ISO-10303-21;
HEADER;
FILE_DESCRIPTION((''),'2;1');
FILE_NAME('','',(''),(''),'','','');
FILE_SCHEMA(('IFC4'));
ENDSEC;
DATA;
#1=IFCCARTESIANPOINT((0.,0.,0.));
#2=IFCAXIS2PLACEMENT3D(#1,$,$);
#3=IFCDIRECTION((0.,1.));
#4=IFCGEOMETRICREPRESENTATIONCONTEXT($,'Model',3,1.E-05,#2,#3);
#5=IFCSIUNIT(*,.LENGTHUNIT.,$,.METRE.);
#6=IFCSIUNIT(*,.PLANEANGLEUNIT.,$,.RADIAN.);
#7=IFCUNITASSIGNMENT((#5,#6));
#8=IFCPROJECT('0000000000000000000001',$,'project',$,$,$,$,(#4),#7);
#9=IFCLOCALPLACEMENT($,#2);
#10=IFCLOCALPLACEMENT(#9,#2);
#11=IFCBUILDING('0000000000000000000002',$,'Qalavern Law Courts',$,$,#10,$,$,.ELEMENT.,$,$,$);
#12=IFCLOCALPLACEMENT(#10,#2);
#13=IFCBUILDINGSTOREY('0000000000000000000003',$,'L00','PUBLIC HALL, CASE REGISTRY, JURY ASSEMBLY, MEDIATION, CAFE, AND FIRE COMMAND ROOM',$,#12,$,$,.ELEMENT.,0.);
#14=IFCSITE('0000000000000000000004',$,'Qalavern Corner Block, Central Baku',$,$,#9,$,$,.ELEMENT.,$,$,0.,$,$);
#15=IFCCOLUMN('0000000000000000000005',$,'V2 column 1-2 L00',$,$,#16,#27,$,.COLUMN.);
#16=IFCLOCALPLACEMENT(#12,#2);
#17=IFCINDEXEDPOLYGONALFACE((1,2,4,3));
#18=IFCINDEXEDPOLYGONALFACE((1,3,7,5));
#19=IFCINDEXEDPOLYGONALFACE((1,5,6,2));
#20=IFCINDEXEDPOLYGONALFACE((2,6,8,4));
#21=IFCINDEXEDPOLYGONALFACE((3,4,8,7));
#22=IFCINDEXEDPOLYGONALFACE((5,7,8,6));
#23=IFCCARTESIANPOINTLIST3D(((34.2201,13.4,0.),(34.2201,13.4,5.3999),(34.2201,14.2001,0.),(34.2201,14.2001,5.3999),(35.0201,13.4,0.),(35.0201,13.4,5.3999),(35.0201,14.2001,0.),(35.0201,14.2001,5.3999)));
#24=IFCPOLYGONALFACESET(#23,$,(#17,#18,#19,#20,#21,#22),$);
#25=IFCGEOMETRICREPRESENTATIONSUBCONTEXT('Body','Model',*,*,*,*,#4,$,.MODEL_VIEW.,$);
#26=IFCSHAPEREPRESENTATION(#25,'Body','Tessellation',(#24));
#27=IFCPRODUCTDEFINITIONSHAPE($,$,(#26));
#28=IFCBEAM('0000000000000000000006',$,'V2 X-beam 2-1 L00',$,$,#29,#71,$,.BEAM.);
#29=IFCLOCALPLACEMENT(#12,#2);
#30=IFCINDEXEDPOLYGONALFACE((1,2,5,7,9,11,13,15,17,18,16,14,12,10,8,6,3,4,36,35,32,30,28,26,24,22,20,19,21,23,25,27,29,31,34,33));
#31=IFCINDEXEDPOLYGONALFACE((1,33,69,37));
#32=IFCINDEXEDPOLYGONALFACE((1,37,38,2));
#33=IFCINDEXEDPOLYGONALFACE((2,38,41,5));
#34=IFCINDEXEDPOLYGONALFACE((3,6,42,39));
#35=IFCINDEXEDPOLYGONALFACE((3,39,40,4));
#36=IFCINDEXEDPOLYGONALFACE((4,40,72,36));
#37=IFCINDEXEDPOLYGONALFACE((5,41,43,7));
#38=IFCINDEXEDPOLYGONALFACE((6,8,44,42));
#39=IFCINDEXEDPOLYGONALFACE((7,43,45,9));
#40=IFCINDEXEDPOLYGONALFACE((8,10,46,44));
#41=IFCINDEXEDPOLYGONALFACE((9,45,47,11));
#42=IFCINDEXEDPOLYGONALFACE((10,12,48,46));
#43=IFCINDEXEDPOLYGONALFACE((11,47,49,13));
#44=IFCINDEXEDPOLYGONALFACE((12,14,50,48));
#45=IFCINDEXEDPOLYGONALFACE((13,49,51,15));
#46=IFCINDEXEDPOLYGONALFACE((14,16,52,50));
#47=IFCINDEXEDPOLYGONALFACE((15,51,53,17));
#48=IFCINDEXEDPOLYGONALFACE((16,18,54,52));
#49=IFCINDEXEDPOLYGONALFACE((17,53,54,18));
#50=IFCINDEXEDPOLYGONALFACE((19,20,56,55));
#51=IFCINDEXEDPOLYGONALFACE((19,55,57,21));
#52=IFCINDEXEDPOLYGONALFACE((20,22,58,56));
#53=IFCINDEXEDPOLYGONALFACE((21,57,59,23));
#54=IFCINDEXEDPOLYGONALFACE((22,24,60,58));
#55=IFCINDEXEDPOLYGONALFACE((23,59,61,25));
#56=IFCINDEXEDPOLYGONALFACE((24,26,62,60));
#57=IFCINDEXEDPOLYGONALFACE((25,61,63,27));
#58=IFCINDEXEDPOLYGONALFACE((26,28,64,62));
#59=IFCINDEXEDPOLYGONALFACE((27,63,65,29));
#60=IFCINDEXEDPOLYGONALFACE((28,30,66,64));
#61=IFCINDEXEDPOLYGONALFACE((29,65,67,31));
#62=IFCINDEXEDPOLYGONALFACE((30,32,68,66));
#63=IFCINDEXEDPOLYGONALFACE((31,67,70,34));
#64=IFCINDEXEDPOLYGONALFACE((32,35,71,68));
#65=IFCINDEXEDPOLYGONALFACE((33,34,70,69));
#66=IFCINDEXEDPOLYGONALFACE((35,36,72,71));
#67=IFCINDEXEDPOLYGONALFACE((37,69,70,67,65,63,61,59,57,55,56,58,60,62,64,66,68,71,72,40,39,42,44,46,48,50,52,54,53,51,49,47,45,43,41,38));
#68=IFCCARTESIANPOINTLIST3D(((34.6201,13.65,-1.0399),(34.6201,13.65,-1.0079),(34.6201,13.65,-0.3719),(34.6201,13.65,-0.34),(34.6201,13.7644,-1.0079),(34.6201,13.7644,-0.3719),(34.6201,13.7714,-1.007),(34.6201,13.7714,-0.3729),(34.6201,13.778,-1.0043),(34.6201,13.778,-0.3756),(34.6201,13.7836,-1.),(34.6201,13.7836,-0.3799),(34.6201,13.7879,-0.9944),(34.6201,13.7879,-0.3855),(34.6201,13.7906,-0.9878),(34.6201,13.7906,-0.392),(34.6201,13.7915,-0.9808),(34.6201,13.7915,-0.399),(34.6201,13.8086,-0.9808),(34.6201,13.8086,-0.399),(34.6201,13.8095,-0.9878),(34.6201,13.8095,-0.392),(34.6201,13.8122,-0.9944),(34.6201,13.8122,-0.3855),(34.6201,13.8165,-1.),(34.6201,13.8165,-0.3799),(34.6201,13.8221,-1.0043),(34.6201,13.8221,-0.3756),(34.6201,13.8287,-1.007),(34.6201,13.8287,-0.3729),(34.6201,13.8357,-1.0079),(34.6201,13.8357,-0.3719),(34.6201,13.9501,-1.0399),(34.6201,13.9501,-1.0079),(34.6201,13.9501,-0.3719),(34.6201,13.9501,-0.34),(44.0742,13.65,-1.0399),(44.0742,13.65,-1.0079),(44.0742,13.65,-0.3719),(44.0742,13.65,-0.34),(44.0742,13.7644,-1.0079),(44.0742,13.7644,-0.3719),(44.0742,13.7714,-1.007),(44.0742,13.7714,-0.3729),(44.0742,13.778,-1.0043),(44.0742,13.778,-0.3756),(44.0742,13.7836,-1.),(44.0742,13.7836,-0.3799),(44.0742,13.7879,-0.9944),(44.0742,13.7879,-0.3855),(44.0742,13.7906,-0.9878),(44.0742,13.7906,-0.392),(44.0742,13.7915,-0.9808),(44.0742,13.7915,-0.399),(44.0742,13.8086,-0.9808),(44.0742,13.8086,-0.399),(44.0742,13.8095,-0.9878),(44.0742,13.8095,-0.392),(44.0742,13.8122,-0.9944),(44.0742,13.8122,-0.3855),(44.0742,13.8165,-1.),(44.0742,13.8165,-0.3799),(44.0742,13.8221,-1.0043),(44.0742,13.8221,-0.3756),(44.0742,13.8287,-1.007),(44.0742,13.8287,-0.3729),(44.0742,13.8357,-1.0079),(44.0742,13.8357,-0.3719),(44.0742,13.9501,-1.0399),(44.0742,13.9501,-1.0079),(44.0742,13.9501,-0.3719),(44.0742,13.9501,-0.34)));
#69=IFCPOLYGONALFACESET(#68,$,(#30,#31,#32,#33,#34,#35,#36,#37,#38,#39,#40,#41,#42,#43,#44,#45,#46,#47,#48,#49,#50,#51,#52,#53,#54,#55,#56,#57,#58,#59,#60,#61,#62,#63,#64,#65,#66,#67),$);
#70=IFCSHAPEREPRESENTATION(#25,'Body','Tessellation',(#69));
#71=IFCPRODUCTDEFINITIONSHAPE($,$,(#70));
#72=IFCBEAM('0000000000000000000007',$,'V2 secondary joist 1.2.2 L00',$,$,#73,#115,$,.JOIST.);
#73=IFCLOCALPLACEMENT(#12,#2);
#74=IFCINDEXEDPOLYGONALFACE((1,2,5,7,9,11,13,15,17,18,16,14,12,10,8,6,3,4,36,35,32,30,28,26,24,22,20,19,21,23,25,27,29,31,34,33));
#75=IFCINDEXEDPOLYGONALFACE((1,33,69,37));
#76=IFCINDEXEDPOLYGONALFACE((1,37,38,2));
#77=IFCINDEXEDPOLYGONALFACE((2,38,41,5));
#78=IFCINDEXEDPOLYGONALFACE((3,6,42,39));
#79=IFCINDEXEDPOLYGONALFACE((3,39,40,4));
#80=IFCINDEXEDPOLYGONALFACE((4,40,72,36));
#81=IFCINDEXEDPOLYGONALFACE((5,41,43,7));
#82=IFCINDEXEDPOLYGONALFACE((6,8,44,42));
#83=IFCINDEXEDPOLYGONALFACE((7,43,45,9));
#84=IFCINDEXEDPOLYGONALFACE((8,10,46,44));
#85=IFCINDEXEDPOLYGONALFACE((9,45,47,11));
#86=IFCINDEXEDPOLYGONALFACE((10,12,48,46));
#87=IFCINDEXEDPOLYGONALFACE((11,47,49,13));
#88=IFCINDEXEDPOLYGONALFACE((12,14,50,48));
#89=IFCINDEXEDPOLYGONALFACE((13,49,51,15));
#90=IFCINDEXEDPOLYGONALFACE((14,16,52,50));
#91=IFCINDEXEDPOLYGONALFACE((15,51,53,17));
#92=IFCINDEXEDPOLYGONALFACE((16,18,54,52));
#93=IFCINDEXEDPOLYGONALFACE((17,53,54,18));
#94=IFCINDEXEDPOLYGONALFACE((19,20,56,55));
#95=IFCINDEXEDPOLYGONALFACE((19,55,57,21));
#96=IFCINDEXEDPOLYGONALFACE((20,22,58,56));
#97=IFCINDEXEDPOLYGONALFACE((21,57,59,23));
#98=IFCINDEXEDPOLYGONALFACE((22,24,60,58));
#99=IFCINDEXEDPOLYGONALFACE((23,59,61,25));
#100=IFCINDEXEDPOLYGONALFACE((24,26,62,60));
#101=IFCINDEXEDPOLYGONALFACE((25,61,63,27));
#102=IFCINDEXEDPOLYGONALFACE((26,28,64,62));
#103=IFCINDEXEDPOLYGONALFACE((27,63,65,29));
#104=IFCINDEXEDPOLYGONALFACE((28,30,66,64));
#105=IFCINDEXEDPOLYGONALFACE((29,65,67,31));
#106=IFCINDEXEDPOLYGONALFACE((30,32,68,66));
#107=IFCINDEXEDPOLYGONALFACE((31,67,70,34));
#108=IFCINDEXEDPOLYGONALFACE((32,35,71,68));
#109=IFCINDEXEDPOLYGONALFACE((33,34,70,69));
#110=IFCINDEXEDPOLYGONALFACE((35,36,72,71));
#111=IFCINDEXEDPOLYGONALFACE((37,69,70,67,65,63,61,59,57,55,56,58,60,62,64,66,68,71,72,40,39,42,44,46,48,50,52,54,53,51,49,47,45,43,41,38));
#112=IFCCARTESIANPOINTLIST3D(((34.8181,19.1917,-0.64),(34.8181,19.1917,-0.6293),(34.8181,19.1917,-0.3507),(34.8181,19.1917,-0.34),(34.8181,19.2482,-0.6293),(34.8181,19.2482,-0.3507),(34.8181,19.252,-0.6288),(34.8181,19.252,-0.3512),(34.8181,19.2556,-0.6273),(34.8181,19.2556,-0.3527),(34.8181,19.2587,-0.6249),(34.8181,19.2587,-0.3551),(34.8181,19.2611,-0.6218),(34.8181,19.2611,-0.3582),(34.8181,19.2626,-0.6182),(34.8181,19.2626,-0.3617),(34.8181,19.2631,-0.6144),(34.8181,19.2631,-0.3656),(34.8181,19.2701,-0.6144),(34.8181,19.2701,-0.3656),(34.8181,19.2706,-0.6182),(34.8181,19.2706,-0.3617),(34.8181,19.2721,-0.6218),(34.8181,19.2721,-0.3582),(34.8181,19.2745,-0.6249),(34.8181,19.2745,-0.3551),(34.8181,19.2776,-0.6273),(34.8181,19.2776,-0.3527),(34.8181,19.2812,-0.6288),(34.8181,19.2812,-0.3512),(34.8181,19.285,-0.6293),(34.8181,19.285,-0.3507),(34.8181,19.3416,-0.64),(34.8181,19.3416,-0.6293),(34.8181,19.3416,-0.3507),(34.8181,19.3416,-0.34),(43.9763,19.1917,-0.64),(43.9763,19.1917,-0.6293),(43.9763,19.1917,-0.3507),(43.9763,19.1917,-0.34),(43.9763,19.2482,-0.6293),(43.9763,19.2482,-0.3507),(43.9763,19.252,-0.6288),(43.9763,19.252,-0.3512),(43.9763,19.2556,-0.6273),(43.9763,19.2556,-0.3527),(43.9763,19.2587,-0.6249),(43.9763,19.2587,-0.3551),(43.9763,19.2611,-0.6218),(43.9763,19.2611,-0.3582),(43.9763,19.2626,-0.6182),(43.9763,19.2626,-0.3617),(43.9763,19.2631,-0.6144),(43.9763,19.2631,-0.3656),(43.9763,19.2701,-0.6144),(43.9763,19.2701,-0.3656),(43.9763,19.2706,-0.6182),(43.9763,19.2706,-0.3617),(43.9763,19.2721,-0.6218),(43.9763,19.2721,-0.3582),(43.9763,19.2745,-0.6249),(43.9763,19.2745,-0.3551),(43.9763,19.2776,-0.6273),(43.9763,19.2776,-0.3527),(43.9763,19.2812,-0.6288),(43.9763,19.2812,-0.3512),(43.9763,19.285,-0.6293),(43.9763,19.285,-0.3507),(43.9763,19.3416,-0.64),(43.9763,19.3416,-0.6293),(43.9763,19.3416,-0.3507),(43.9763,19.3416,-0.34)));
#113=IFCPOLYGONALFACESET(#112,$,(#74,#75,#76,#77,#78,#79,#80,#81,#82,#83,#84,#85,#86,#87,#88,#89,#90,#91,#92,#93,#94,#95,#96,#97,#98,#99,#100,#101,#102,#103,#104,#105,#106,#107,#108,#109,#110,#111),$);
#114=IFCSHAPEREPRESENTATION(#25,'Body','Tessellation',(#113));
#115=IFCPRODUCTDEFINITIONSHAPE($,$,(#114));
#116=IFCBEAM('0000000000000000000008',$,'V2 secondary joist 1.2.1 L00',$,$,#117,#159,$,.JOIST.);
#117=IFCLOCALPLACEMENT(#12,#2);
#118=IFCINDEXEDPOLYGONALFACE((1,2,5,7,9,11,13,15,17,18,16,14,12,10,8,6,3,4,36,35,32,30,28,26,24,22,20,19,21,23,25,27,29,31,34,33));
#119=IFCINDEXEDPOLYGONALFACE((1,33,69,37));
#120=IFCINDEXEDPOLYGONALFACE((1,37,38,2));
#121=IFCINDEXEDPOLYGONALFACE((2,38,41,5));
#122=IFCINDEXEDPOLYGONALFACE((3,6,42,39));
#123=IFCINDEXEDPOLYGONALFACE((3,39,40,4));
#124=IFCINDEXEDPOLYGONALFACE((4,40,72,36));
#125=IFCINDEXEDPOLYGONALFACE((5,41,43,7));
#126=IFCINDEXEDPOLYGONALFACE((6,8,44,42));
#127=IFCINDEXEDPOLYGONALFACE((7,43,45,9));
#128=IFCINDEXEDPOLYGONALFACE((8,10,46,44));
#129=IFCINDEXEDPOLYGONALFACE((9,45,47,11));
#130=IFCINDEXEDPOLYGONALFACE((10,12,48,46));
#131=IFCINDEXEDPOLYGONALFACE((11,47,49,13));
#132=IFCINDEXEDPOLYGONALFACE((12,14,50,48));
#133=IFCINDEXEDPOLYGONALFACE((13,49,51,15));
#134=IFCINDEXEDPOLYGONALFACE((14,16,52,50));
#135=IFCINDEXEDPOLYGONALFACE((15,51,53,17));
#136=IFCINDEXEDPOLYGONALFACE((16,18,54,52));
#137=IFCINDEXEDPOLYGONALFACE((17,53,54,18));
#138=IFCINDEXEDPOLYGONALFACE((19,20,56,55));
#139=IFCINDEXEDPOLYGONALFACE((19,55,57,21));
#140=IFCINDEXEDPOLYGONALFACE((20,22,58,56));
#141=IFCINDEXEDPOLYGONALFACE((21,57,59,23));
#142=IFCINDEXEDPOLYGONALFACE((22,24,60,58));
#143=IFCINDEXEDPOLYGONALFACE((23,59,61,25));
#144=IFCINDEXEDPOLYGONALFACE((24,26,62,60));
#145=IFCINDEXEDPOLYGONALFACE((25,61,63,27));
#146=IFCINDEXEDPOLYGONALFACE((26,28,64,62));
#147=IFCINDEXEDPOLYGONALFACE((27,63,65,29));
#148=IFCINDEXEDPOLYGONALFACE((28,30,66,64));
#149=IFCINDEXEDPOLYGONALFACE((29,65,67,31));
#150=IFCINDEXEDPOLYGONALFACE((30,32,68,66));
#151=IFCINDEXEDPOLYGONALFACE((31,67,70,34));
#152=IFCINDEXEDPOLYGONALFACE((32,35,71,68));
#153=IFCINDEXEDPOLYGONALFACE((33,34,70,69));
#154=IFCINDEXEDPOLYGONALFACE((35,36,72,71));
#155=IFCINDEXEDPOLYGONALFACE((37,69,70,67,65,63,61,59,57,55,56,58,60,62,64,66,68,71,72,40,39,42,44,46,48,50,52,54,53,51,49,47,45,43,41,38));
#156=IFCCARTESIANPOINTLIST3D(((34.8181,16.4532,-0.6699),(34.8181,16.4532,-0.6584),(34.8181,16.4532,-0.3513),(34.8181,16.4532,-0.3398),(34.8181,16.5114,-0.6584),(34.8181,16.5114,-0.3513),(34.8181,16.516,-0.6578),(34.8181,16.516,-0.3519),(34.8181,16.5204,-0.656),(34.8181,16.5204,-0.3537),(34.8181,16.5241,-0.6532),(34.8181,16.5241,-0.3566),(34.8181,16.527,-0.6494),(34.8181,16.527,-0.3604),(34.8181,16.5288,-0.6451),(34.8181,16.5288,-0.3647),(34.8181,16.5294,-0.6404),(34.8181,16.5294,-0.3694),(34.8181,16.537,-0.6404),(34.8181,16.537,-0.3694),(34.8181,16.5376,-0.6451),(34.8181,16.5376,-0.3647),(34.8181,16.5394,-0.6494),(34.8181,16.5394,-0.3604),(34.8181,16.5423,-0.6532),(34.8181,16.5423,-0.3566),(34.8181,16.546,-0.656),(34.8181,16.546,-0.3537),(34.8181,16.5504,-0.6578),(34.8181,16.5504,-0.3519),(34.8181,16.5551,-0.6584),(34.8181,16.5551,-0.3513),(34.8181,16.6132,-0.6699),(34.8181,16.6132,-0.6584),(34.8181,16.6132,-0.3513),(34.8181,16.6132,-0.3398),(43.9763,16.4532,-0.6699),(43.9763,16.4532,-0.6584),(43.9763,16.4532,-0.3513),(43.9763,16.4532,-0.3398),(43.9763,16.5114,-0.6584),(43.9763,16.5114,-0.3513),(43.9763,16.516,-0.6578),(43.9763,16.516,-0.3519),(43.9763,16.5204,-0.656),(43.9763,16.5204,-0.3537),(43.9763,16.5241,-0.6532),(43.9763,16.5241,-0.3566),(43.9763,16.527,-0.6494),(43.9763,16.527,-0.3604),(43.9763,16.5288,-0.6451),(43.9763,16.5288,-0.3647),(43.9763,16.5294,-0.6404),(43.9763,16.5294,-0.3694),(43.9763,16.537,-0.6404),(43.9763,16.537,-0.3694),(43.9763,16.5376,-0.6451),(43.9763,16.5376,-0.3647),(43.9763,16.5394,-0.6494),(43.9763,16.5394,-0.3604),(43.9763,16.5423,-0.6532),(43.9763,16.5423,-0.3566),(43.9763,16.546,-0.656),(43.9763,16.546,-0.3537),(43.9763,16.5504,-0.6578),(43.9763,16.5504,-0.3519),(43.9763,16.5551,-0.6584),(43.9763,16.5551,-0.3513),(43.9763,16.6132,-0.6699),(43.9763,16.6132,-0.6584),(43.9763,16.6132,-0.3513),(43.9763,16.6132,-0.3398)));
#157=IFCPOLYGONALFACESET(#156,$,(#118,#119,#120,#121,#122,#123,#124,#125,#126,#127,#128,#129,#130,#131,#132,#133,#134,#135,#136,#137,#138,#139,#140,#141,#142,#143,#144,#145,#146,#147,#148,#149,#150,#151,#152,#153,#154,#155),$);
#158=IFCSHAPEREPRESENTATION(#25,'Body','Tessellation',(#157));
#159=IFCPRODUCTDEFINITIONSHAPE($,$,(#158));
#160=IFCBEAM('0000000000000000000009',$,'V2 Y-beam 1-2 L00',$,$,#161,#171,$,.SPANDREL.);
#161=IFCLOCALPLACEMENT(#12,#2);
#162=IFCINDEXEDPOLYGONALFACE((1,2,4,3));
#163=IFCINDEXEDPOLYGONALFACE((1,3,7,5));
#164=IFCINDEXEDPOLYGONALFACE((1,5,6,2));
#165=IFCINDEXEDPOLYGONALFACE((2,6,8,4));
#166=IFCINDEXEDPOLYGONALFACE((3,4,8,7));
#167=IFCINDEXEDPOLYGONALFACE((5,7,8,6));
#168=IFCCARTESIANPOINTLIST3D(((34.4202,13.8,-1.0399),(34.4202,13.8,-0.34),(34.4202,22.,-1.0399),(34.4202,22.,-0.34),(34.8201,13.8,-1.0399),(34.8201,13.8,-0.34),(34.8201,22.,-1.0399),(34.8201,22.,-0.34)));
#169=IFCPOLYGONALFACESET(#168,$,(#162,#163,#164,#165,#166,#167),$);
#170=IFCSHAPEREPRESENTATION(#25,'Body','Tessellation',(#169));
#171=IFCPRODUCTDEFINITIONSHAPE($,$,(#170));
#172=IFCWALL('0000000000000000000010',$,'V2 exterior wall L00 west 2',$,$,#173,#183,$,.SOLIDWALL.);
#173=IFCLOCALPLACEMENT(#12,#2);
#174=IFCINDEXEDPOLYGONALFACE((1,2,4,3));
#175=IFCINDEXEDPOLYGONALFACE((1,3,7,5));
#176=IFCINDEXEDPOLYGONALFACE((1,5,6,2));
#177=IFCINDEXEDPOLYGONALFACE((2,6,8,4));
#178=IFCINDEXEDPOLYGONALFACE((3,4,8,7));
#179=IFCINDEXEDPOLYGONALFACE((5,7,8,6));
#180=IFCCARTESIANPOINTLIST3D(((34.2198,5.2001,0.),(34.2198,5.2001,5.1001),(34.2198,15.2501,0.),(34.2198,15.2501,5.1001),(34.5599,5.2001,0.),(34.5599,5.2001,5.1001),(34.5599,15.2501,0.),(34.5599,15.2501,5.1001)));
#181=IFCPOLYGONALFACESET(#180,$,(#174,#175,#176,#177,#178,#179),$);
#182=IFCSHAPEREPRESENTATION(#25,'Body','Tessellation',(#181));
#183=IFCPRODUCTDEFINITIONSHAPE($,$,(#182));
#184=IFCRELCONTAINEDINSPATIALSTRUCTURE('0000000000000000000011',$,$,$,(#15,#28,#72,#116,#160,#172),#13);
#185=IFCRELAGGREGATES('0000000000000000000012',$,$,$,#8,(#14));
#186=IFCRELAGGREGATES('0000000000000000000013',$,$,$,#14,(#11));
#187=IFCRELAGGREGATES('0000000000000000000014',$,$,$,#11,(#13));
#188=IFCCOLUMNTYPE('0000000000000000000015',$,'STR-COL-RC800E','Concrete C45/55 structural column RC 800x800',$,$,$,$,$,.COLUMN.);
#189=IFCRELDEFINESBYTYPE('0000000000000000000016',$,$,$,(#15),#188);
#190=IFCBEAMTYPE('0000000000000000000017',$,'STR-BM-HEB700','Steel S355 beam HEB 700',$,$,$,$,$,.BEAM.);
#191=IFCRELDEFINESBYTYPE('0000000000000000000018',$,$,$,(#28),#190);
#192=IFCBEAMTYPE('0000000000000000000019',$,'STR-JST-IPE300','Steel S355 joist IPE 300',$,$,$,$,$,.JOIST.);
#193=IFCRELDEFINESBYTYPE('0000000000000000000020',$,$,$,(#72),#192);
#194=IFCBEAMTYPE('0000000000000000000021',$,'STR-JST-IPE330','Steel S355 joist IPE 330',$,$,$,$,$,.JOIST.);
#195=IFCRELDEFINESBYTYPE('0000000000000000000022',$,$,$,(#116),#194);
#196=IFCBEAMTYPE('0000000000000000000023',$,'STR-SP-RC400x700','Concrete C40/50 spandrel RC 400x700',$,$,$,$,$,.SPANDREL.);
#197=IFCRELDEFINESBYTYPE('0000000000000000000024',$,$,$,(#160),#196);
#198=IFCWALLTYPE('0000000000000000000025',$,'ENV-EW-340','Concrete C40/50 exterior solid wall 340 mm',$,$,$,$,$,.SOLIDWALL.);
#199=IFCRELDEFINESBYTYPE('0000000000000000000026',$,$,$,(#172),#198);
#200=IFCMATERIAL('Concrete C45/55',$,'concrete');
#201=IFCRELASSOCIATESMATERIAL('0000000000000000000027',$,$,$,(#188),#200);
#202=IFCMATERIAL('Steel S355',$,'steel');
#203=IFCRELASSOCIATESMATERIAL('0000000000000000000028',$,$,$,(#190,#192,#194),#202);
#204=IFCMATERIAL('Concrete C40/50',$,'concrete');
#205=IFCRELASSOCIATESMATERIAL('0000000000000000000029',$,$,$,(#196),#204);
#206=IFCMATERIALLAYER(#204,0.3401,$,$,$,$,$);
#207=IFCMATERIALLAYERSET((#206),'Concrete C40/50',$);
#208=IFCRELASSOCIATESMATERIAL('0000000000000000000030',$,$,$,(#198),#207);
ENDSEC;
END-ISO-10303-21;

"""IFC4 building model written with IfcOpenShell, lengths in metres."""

from ifc_helpers import new_model, si_unit, direction, frame, frame_2d, origin, origin_2d, place, context, subcontext, project, spatial, rectangle, i_section, extrude, material, layer, layer_set, material_profile, profile_set, type_object, element, save


model = new_model("IFC4")

# Units and contexts
model_context = context("Model", 3, precision=1e-05, world=origin(), true_north=direction((0.0, 1.0)))
body_context = subcontext(model_context, "Body", "Model", "MODEL_VIEW")
ifc_project = project(units=[si_unit("LENGTHUNIT", "METRE"), si_unit("PLANEANGLEUNIT", "RADIAN")], contexts=[model_context])

# Site, building, storey
site_placement = place(None, origin())
site = spatial("IfcSite", under=ifc_project, at=site_placement, Name="Qalavern Corner Block, Central Baku", CompositionType="ELEMENT", RefElevation=0.0)
building_placement = place(site_placement, origin())
building = spatial("IfcBuilding", under=site, at=building_placement, Name="Qalavern Law Courts", CompositionType="ELEMENT")
storey_placement = place(building_placement, origin())
storey = spatial("IfcBuildingStorey", under=building, at=storey_placement, Name="L00", Description="PUBLIC HALL, CASE REGISTRY, JURY ASSEMBLY, MEDIATION, CAFE, AND FIRE COMMAND ROOM", CompositionType="ELEMENT", Elevation=0.0)

# Column
ifc_material_1 = material(Name="Concrete C45/55", Category="concrete")
ifc_material_profile_1 = material_profile(ifc_material_1, rectangle(XDim=0.8, YDim=0.8, at=origin_2d()), Name="RC 800x800")
ifc_profile_set_1 = profile_set([ifc_material_profile_1], Name="Concrete C45/55")
column_type = type_object("IfcColumnType", Name="STR-COL-RC800E", Description="Concrete C45/55 structural column RC 800x800", PredefinedType="COLUMN", material=ifc_profile_set_1)
column_placement = place(storey_placement, frame((34.6201, 13.8, 0.0), z_axis=(0.0, 0.0, 1.0), x_axis=(1.0, 0.0, 0.0)))
element("IfcColumn", 1, at=column_placement, inside=storey, type_object=column_type, Name="V2 column 1-2 L00", PredefinedType="COLUMN", context=body_context, shape_type="SweptSolid", body=[
    extrude(rectangle(XDim=0.8, YDim=0.8, at=origin_2d()), origin(), (0.0, 0.0, 1.0), 5.3999),
])

# Beams
ifc_material_2 = material(Name="Steel S355", Category="steel")
ifc_material_profile_2 = material_profile(ifc_material_2, i_section(OverallWidth=0.3, OverallDepth=0.7, WebThickness=0.0171, FlangeThickness=0.032, FilletRadius=0.0271, at=origin_2d()), Name="HEB 700")
ifc_profile_set_2 = profile_set([ifc_material_profile_2], Name="Steel S355")
beam_type_1 = type_object("IfcBeamType", Name="STR-BM-HEB700", Description="Steel S355 beam HEB 700", PredefinedType="BEAM", material=ifc_profile_set_2)
beam_1_placement = place(storey_placement, frame((34.6201, 13.8, -0.6899), z_axis=(1.0, 0.0, 0.0), x_axis=(0.0, 1.0, 0.0)))
element("IfcBeam", 2, at=beam_1_placement, inside=storey, type_object=beam_type_1, Name="V2 X-beam 2-1 L00", PredefinedType="BEAM", context=body_context, shape_type="SweptSolid", body=[
    extrude(i_section(OverallWidth=0.3, OverallDepth=0.7, WebThickness=0.0171, FlangeThickness=0.032, FilletRadius=0.0271, at=origin_2d()), origin(), (0.0, 0.0, 1.0), 9.4541),
])
ifc_material_profile_3 = material_profile(ifc_material_2, i_section(OverallWidth=0.1499, OverallDepth=0.3, WebThickness=0.0071, FlangeThickness=0.0107, FilletRadius=0.0149, at=origin_2d()), Name="IPE 300")
ifc_profile_set_3 = profile_set([ifc_material_profile_3], Name="Steel S355")
beam_type_2 = type_object("IfcBeamType", Name="STR-JST-IPE300", Description="Steel S355 joist IPE 300", PredefinedType="JOIST", material=ifc_profile_set_3)
beam_2_placement = place(storey_placement, frame((34.8181, 19.2666, -0.49), z_axis=(1.0, 0.0, 0.0), x_axis=(0.0, 1.0, 0.0)))
element("IfcBeam", 3, at=beam_2_placement, inside=storey, type_object=beam_type_2, Name="V2 secondary joist 1.2.2 L00", PredefinedType="JOIST", context=body_context, shape_type="SweptSolid", body=[
    extrude(i_section(OverallWidth=0.1499, OverallDepth=0.3, WebThickness=0.0071, FlangeThickness=0.0107, FilletRadius=0.0149, at=origin_2d()), origin(), (0.0, 0.0, 1.0), 9.1582),
])
ifc_material_profile_4 = material_profile(ifc_material_2, i_section(OverallWidth=0.1599, OverallDepth=0.3301, WebThickness=0.0076, FlangeThickness=0.0115, FilletRadius=0.0181, at=origin_2d()), Name="IPE 330")
ifc_profile_set_4 = profile_set([ifc_material_profile_4], Name="Steel S355")
beam_type_3 = type_object("IfcBeamType", Name="STR-JST-IPE330", Description="Steel S355 joist IPE 330", PredefinedType="JOIST", material=ifc_profile_set_4)
beam_3_placement = place(storey_placement, frame((34.8181, 16.5332, -0.5049), z_axis=(1.0, 0.0, 0.0), x_axis=(0.0, 1.0, 0.0)))
element("IfcBeam", 4, at=beam_3_placement, inside=storey, type_object=beam_type_3, Name="V2 secondary joist 1.2.1 L00", PredefinedType="JOIST", context=body_context, shape_type="SweptSolid", body=[
    extrude(i_section(OverallWidth=0.1599, OverallDepth=0.3301, WebThickness=0.0076, FlangeThickness=0.0115, FilletRadius=0.0181, at=origin_2d()), origin(), (0.0, 0.0, 1.0), 9.1582),
])
ifc_material_3 = material(Name="Concrete C40/50", Category="concrete")
ifc_material_profile_5 = material_profile(ifc_material_3, rectangle(XDim=0.3999, YDim=0.7, at=origin_2d()), Name="RC 400x700")
ifc_profile_set_5 = profile_set([ifc_material_profile_5], Name="Concrete C40/50")
beam_type_4 = type_object("IfcBeamType", Name="STR-SP-RC400x700", Description="Concrete C40/50 spandrel RC 400x700", PredefinedType="SPANDREL", material=ifc_profile_set_5)
beam_4_placement = place(storey_placement, frame((34.6201, 13.8, -0.6899), z_axis=(0.0, 1.0, 0.0), x_axis=(-1.0, 0.0, 0.0)))
element("IfcBeam", 5, at=beam_4_placement, inside=storey, type_object=beam_type_4, Name="V2 Y-beam 1-2 L00", PredefinedType="SPANDREL", context=body_context, shape_type="SweptSolid", body=[
    extrude(rectangle(XDim=0.3999, YDim=0.7, at=origin_2d()), origin(), (0.0, 0.0, 1.0), 8.2),
])

# Wall
ifc_layer_1 = layer(ifc_material_3, 0.3401)
ifc_layer_set_1 = layer_set([ifc_layer_1], Name="Concrete C40/50")
wall_type_1 = type_object("IfcWallType", Name="ENV-EW-340", Description="Concrete C40/50 exterior solid wall 340 mm", PredefinedType="SOLIDWALL", material=ifc_layer_set_1)
wall_1_placement = place(storey_placement, frame((34.3899, 15.25, 0.0), z_axis=(0.0, 0.0, 1.0), x_axis=(0.0, -1.0, 0.0)))
element("IfcWall", 6, at=wall_1_placement, inside=storey, type_object=wall_type_1, Name="V2 exterior wall L00 west 2", PredefinedType="SOLIDWALL", context=body_context, shape_type="SweptSolid", body=[
    extrude(rectangle(XDim=10.05, YDim=0.3401, at=frame_2d((5.0249, 0.0))), origin(), (0.0, 0.0, 1.0), 5.1001),
])

save(model, "model.ifc")
